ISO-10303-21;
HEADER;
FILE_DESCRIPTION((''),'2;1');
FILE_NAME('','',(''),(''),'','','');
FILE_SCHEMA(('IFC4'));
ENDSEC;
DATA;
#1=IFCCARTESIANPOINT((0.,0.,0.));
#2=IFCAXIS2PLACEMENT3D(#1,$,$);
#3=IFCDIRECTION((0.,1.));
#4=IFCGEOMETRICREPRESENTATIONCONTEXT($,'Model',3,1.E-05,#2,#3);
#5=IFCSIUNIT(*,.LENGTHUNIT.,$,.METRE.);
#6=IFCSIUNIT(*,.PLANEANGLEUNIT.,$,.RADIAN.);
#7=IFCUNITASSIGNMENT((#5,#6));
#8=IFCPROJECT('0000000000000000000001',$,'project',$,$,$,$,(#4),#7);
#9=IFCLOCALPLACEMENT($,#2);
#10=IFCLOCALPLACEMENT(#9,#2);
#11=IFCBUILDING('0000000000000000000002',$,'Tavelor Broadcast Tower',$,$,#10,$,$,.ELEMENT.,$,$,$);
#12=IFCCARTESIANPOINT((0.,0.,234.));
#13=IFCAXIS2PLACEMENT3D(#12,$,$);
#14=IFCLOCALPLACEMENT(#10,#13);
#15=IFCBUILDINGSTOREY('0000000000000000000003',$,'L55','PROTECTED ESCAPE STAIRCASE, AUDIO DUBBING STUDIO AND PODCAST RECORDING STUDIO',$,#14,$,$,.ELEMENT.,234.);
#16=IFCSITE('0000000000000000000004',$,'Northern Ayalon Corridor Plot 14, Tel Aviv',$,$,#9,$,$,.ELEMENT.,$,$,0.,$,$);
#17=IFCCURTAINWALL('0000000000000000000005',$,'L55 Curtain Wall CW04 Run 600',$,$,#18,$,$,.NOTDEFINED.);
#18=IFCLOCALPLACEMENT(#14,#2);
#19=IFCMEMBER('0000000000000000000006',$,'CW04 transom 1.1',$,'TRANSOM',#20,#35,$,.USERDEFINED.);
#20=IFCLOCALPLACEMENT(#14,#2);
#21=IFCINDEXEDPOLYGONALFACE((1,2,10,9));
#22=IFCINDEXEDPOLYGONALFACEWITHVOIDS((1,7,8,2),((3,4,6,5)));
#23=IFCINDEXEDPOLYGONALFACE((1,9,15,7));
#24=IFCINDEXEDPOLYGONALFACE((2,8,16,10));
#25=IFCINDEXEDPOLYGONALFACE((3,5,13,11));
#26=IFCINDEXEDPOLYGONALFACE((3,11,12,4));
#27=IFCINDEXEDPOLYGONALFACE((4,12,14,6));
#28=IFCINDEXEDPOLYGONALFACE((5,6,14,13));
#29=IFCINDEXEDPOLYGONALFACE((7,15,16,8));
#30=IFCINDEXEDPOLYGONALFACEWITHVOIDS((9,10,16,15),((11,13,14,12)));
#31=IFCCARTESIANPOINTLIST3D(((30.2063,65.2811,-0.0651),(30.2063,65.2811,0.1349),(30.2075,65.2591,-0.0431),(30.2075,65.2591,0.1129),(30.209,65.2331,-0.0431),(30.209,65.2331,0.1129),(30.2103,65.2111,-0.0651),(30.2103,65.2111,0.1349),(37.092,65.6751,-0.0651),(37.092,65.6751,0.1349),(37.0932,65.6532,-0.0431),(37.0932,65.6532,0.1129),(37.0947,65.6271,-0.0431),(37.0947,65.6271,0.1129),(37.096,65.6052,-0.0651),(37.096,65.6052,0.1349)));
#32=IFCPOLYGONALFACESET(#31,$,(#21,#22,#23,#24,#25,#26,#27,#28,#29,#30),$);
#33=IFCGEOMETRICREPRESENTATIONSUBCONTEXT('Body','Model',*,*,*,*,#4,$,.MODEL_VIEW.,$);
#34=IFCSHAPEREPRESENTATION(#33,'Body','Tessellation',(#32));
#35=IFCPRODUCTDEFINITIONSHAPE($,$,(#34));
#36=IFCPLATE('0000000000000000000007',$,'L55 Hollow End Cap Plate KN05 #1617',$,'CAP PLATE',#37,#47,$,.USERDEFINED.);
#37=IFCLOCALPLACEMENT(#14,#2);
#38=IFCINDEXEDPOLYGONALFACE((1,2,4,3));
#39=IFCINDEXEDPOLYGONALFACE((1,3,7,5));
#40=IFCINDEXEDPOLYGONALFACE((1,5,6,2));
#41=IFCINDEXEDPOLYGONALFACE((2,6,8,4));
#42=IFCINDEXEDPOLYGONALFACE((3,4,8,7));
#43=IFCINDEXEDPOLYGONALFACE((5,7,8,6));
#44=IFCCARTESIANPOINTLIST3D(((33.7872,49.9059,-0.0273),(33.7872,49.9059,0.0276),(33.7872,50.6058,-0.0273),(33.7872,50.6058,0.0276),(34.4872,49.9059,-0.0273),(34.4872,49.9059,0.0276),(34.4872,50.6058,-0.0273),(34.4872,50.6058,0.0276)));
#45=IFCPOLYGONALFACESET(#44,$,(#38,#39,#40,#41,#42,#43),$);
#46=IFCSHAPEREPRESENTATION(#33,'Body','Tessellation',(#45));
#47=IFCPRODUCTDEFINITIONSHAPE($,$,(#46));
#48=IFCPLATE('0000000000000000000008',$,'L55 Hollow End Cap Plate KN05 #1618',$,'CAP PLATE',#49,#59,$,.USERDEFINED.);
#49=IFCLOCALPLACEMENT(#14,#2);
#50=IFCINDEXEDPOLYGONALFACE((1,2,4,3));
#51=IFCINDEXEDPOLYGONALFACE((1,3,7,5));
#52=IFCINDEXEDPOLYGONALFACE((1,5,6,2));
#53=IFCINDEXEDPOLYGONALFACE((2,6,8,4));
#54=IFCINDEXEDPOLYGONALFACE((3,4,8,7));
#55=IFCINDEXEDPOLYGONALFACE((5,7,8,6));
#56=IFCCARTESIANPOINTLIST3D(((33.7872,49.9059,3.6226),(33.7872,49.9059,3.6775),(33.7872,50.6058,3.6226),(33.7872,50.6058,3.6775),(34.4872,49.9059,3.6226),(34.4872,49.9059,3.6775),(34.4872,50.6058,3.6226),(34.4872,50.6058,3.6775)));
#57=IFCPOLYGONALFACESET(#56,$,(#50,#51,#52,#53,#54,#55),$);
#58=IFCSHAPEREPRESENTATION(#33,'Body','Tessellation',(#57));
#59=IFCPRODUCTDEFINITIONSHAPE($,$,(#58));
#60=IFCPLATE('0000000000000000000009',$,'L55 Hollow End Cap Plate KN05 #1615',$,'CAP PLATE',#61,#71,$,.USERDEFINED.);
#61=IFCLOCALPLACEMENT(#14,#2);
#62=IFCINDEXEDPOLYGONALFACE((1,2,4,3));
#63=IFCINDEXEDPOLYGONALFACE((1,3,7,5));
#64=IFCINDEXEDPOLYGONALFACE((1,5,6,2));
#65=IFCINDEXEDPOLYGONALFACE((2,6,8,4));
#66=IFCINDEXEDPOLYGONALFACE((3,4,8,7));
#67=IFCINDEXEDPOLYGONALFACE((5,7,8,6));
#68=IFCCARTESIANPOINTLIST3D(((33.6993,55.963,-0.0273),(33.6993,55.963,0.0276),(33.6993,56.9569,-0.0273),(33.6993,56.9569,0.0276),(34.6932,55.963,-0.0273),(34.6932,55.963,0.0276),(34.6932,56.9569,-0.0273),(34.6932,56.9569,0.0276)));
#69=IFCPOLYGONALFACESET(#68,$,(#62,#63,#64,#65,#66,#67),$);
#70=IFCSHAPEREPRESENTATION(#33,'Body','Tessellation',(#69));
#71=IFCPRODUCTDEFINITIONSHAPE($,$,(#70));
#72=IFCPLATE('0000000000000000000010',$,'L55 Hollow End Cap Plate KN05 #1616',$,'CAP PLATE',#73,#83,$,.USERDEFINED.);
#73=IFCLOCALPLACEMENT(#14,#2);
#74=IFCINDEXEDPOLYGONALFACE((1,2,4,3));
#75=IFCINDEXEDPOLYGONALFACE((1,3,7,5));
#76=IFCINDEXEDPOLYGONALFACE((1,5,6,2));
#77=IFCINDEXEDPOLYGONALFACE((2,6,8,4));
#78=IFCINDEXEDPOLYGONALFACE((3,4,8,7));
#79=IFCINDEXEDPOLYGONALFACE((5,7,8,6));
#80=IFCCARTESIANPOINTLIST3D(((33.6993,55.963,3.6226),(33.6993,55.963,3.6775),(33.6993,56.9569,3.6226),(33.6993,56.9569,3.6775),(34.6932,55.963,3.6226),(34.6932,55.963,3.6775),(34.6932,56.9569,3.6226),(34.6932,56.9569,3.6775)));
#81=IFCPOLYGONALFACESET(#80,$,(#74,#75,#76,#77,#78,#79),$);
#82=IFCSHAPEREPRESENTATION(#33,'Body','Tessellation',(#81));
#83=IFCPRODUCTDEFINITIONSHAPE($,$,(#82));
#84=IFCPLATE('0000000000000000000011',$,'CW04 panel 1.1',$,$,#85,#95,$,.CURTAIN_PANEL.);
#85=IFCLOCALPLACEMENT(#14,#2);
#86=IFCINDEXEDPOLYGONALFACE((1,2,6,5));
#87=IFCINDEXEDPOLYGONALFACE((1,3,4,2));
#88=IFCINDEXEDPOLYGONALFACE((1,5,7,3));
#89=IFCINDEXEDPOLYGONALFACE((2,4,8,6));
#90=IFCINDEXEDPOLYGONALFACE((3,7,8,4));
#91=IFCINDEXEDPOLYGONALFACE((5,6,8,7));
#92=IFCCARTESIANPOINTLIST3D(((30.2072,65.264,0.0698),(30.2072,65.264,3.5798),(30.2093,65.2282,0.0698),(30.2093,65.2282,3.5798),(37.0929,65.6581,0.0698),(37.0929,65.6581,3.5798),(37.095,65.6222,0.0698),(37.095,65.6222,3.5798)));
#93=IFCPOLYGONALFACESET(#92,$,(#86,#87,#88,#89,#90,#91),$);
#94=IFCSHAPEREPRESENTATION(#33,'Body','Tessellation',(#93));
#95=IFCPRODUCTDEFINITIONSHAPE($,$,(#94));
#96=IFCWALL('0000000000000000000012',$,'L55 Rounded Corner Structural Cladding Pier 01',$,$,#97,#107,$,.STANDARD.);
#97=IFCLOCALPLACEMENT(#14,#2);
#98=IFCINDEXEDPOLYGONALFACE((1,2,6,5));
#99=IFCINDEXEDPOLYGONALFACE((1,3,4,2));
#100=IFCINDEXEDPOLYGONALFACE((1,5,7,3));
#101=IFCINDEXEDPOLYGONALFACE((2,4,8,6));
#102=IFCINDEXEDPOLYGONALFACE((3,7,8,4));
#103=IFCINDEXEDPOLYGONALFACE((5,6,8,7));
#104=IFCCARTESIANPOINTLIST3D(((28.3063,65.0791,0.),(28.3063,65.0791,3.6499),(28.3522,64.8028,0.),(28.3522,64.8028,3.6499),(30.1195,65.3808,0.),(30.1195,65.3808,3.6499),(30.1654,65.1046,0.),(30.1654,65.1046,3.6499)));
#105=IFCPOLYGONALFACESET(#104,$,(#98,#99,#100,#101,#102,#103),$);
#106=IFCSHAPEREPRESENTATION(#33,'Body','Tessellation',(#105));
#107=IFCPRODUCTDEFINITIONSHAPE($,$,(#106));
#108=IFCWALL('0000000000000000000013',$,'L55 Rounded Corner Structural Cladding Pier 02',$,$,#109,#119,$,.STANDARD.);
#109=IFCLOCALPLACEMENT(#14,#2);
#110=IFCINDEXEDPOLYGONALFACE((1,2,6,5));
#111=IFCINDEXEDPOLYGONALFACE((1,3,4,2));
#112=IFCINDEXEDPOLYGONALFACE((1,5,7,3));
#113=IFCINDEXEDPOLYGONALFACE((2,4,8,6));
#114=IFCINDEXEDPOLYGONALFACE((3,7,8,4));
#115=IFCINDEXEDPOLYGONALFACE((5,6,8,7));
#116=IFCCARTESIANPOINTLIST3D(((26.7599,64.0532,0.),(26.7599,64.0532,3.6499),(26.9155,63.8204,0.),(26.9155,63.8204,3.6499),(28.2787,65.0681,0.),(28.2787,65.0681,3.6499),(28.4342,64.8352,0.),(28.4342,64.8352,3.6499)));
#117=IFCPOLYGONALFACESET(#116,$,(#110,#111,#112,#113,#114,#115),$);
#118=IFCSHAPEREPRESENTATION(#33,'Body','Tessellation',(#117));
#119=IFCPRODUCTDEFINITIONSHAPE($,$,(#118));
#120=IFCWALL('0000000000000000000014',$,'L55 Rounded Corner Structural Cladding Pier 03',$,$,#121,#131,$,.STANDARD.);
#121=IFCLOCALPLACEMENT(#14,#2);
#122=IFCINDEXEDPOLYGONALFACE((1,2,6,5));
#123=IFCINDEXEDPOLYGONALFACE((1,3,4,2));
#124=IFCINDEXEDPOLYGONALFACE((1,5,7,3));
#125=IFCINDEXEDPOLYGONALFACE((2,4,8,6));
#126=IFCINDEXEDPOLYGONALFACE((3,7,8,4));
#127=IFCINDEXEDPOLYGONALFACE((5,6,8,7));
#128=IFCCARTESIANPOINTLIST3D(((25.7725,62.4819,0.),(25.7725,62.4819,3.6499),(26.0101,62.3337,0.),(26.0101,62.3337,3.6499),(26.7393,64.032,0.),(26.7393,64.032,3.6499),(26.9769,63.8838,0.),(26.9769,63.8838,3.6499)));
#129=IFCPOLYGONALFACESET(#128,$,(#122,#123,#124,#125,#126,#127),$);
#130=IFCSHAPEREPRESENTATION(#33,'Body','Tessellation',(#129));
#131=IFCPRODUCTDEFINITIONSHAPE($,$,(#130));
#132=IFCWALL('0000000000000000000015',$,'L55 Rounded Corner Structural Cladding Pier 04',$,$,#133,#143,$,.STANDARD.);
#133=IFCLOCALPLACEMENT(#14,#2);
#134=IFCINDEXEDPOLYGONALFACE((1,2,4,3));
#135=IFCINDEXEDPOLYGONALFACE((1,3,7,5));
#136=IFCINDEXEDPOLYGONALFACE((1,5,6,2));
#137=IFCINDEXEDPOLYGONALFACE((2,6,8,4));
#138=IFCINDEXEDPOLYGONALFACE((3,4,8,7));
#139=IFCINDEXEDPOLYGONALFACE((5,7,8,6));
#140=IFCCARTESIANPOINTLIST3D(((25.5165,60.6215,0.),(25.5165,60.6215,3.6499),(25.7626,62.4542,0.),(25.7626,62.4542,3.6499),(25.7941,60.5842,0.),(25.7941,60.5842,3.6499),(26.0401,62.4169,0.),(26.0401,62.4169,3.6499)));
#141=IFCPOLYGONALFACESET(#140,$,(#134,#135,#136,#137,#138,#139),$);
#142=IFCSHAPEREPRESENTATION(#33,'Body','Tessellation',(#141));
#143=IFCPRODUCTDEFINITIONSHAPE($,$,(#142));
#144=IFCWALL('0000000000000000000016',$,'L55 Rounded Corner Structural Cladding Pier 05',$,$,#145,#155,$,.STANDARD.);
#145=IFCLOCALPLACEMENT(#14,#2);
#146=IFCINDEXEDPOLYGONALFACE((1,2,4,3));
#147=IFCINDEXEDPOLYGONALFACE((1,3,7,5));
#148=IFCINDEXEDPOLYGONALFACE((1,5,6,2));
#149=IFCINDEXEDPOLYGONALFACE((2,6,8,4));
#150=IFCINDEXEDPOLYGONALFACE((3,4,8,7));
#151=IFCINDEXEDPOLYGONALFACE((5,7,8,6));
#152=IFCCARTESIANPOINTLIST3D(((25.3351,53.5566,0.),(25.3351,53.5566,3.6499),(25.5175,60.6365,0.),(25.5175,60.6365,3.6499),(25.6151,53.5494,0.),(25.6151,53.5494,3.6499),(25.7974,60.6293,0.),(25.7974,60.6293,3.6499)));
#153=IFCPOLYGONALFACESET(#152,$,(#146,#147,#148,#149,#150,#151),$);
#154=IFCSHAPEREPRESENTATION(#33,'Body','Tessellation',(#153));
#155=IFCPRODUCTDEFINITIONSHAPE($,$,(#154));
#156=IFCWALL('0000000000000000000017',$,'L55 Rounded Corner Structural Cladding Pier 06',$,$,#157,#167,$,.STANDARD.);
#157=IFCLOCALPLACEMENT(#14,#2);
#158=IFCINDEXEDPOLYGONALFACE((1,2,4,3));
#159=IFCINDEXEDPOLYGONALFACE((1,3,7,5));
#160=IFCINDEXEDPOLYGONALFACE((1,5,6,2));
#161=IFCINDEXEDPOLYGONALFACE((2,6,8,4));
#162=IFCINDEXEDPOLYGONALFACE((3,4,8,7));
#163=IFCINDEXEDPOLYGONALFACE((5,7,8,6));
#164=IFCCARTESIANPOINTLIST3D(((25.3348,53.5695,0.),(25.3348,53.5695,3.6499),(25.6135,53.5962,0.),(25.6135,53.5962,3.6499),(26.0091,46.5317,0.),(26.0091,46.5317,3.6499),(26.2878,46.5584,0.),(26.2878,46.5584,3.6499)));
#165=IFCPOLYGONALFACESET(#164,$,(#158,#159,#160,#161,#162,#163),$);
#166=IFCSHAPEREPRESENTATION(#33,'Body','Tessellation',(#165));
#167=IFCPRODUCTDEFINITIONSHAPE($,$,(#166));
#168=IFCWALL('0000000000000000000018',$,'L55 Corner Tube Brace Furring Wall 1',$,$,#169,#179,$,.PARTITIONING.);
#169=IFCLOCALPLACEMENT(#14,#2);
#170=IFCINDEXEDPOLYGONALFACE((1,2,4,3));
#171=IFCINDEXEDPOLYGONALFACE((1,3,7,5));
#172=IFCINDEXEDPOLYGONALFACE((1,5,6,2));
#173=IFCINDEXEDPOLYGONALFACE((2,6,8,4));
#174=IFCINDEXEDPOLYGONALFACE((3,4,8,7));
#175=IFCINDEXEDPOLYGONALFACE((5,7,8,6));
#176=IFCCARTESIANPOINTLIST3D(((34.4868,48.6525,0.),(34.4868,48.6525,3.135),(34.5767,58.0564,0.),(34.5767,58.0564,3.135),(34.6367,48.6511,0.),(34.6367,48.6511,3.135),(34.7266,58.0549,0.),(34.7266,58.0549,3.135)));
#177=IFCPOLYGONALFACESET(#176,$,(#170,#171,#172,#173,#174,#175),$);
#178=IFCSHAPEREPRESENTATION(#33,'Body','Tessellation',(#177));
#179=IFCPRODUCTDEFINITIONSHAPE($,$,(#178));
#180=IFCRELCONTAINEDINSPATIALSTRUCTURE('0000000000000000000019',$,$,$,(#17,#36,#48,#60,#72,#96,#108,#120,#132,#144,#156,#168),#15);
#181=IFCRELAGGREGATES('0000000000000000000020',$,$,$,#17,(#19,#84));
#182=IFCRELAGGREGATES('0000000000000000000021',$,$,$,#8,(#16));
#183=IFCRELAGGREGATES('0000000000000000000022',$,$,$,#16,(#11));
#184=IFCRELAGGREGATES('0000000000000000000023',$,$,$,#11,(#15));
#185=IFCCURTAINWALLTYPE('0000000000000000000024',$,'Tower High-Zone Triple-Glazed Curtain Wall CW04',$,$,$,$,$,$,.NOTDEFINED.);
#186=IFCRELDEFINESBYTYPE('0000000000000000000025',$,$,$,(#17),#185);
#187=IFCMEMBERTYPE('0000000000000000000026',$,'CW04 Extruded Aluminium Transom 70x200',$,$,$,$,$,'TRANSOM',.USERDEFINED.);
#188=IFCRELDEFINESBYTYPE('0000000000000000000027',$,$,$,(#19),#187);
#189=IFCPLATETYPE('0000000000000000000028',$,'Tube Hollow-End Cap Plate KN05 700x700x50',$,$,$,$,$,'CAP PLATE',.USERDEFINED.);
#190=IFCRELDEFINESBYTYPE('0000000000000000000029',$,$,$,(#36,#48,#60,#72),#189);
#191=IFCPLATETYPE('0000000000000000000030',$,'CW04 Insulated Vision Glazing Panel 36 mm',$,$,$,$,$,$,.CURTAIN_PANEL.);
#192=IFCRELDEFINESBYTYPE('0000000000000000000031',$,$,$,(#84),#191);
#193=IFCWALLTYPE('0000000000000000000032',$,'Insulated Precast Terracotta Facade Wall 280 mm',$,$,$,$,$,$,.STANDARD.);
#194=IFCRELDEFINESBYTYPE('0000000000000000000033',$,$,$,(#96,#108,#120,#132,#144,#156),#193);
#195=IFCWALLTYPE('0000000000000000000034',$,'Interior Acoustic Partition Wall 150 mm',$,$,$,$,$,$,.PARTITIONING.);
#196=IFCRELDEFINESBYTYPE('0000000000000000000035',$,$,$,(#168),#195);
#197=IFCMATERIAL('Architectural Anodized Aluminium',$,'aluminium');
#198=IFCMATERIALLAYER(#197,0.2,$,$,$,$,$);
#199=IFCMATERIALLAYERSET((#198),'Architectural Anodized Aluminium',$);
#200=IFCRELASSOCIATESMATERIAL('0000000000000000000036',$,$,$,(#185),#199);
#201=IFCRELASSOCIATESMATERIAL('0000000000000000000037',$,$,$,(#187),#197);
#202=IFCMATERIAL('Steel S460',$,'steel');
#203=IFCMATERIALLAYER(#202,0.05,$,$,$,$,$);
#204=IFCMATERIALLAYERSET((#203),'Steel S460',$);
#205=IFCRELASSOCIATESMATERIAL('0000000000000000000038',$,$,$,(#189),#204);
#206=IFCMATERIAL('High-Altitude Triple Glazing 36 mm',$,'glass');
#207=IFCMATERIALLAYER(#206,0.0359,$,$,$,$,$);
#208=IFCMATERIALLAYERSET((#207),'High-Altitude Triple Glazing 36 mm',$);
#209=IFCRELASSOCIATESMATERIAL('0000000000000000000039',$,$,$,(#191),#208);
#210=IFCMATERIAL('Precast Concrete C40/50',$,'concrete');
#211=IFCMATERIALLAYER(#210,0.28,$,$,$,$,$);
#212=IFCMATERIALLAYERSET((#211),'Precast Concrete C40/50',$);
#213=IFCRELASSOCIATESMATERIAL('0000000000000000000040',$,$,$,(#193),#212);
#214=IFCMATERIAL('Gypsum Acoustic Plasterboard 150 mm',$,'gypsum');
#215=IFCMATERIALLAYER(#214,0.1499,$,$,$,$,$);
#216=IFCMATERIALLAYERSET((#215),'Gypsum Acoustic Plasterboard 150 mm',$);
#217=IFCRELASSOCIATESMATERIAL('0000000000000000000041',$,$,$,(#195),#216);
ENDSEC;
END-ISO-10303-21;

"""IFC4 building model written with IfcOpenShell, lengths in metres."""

from ifc_helpers import new_model, si_unit, direction, frame, frame_2d, origin, origin_2d, place, context, subcontext, project, spatial, rectangle, hollow_rectangle, extrude, source, transform, mapped, material, layer, layer_set, material_profile, profile_set, type_object, type_shapes, element, aggregate, save


model = new_model("IFC4")

# Units and contexts
model_context = context("Model", 3, precision=1e-05, world=origin(), true_north=direction((0.0, 1.0)))
body_context = subcontext(model_context, "Body", "Model", "MODEL_VIEW")
ifc_project = project(units=[si_unit("LENGTHUNIT", "METRE"), si_unit("PLANEANGLEUNIT", "RADIAN")], contexts=[model_context])

# Site, building, storey
site_placement = place(None, origin())
site = spatial("IfcSite", under=ifc_project, at=site_placement, Name="Northern Ayalon Corridor Plot 14, Tel Aviv", CompositionType="ELEMENT", RefElevation=0.0)
building_placement = place(site_placement, origin())
building = spatial("IfcBuilding", under=site, at=building_placement, Name="Tavelor Broadcast Tower", CompositionType="ELEMENT")
storey_placement = place(building_placement, frame((0.0, 0.0, 234.0)))
storey = spatial("IfcBuildingStorey", under=building, at=storey_placement, Name="L55", Description="PROTECTED ESCAPE STAIRCASE, AUDIO DUBBING STUDIO AND PODCAST RECORDING STUDIO", CompositionType="ELEMENT", Elevation=234.0)

# Shared definitions
ifc_material_1 = material(Name="Steel S460", Category="steel")

# Curtain wall, member
ifc_material_2 = material(Name="Architectural Anodized Aluminium", Category="aluminium")
ifc_layer_1 = layer(ifc_material_2, 0.2)
ifc_layer_set_1 = layer_set([ifc_layer_1], Name="Architectural Anodized Aluminium")
curtain_wall_type = type_object("IfcCurtainWallType", Name="Tower High-Zone Triple-Glazed Curtain Wall CW04", PredefinedType="NOTDEFINED", material=ifc_layer_set_1)
curtain_wall_placement = place(storey_placement, origin())
curtain_wall = element("IfcCurtainWall", 1, at=curtain_wall_placement, inside=storey, type_object=curtain_wall_type, Name="L55 Curtain Wall CW04 Run 600", PredefinedType="NOTDEFINED")
ifc_material_profile_1 = material_profile(ifc_material_2, hollow_rectangle(XDim=0.0701, YDim=0.2, WallThickness=0.022, at=origin_2d()), Name="RHS 70x200x22")
ifc_profile_set_1 = profile_set([ifc_material_profile_1], Name="Architectural Anodized Aluminium")
member_type_1 = type_object("IfcMemberType", Name="CW04 Extruded Aluminium Transom 70x200", ElementType="TRANSOM", PredefinedType="USERDEFINED", material=ifc_profile_set_1)
shared_shape_1 = source(origin(), body_context, "Body", "SweptSolid", [
    extrude(hollow_rectangle(XDim=0.0701, YDim=0.2, WallThickness=0.022, at=origin_2d()), origin(), (0.0, 0.0, 1.0), 6.897),
])
type_shapes(member_type_1, [shared_shape_1])
member_1_placement = place(storey_placement, frame((37.094, 65.6401, 0.0349), z_axis=(-0.998367, -0.057132, 0.0), x_axis=(0.057132, -0.998367, 0.0)))
member_1 = element("IfcMember", 2, at=member_1_placement, type_object=member_type_1, Name="CW04 transom 1.1", ObjectType="TRANSOM", PredefinedType="USERDEFINED", context=body_context, shape_type="MappedRepresentation", body=[
    mapped(shared_shape_1, transform((0.0, 0.0, 0.0), scale=1.0)),
])

# Plates
ifc_layer_2 = layer(ifc_material_1, 0.05)
ifc_layer_set_2 = layer_set([ifc_layer_2], Name="Steel S460")
plate_type_1 = type_object("IfcPlateType", Name="Tube Hollow-End Cap Plate KN05 700x700x50", ElementType="CAP PLATE", PredefinedType="USERDEFINED", material=ifc_layer_set_2)
shared_shape_2 = source(origin(), body_context, "Body", "SweptSolid", [
    extrude(rectangle(XDim=0.7, YDim=0.7, at=origin_2d()), origin(), (0.0, 0.0, 1.0), 0.0549),
])
for number, where, z_axis, x_axis, name in (
    (3, (34.1372, 50.2559, -0.0273), (0.0, 0.0, 1.0), (1.0, 0.0, 0.0), "L55 Hollow End Cap Plate KN05 #1617"),
    (4, (34.1372, 50.2559, 3.6226), (0.0, 0.0, 1.0), (1.0, 0.0, 0.0), "L55 Hollow End Cap Plate KN05 #1618"),
):
    element("IfcPlate", number, at=place(storey_placement, frame(where, z_axis=z_axis, x_axis=x_axis)), inside=storey, type_object=plate_type_1, Name=name, ObjectType="CAP PLATE", PredefinedType="USERDEFINED", context=body_context, shape_type="MappedRepresentation", body=[
        mapped(shared_shape_2, transform((0.0, 0.0, 0.0), scale=1.0)),
    ])
shared_shape_3 = source(origin(), body_context, "Body", "SweptSolid", [
    extrude(rectangle(XDim=0.9939, YDim=0.9939, at=origin_2d()), origin(), (0.0, 0.0, 1.0), 0.0549),
])
type_shapes(plate_type_1, [shared_shape_2, shared_shape_3])
for number, where, z_axis, x_axis, name in (
    (5, (34.1963, 56.46, -0.0273), (0.0, 0.0, 1.0), (1.0, 0.0, 0.0), "L55 Hollow End Cap Plate KN05 #1615"),
    (6, (34.1963, 56.46, 3.6226), (0.0, 0.0, 1.0), (1.0, 0.0, 0.0), "L55 Hollow End Cap Plate KN05 #1616"),
):
    element("IfcPlate", number, at=place(storey_placement, frame(where, z_axis=z_axis, x_axis=x_axis)), inside=storey, type_object=plate_type_1, Name=name, ObjectType="CAP PLATE", PredefinedType="USERDEFINED", context=body_context, shape_type="MappedRepresentation", body=[
        mapped(shared_shape_3, transform((0.0, 0.0, 0.0), scale=1.0)),
    ])

# Plate
ifc_material_3 = material(Name="High-Altitude Triple Glazing 36 mm", Category="glass")
ifc_layer_3 = layer(ifc_material_3, 0.0359)
ifc_layer_set_3 = layer_set([ifc_layer_3], Name="High-Altitude Triple Glazing 36 mm")
plate_type_2 = type_object("IfcPlateType", Name="CW04 Insulated Vision Glazing Panel 36 mm", PredefinedType="CURTAIN_PANEL", material=ifc_layer_set_3)
shared_shape_4 = source(origin(), body_context, "Body", "SweptSolid", [
    extrude(rectangle(XDim=6.897, YDim=0.0359, at=origin_2d()), origin(), (0.0, 0.0, 1.0), 3.51),
])
type_shapes(plate_type_2, [shared_shape_4])
plate_placement = place(storey_placement, frame((33.6511, 65.4431, 0.0698), z_axis=(0.0, 0.0, 1.0), x_axis=(-0.998366, -0.057141, 0.0)))
plate = element("IfcPlate", 7, at=plate_placement, type_object=plate_type_2, Name="CW04 panel 1.1", PredefinedType="CURTAIN_PANEL", context=body_context, shape_type="MappedRepresentation", body=[
    mapped(shared_shape_4, transform((0.0, 0.0, 0.0), scale=1.0)),
])
aggregate(curtain_wall, [member_1, plate])

# Walls
ifc_material_4 = material(Name="Precast Concrete C40/50", Category="concrete")
ifc_layer_4 = layer(ifc_material_4, 0.28)
ifc_layer_set_4 = layer_set([ifc_layer_4], Name="Precast Concrete C40/50")
wall_type_1 = type_object("IfcWallType", Name="Insulated Precast Terracotta Facade Wall 280 mm", PredefinedType="STANDARD", material=ifc_layer_set_4)
wall_1_placement = place(storey_placement, frame((30.1423, 65.2427, 0.0), z_axis=(0.0, 0.0, 1.0), x_axis=(-0.986433, -0.164162, 0.0)))
element("IfcWall", 8, at=wall_1_placement, inside=storey, type_object=wall_type_1, Name="L55 Rounded Corner Structural Cladding Pier 01", PredefinedType="STANDARD", context=body_context, shape_type="SweptSolid", body=[
    extrude(rectangle(XDim=1.8381, YDim=0.28, at=frame_2d((0.9189, 0.0))), origin(), (0.0, 0.0, 1.0), 3.6499),
])
wall_2_placement = place(storey_placement, frame((28.3564, 64.9517, 0.0), z_axis=(0.0, 0.0, 1.0), x_axis=(-0.831454, -0.555594, 0.0)))
element("IfcWall", 9, at=wall_2_placement, inside=storey, type_object=wall_type_1, Name="L55 Rounded Corner Structural Cladding Pier 02", PredefinedType="STANDARD", context=body_context, shape_type="SweptSolid", body=[
    extrude(rectangle(XDim=1.8267, YDim=0.28, at=frame_2d((0.9133, 0.0))), origin(), (0.0, 0.0, 1.0), 3.6499),
])
wall_3_placement = place(storey_placement, frame((26.8582, 63.958, 0.0), z_axis=(0.0, 0.0, 1.0), x_axis=(-0.529218, -0.848486, 0.0)))
element("IfcWall", 10, at=wall_3_placement, inside=storey, type_object=wall_type_1, Name="L55 Rounded Corner Structural Cladding Pier 03", PredefinedType="STANDARD", context=body_context, shape_type="SweptSolid", body=[
    extrude(rectangle(XDim=1.8269, YDim=0.28, at=frame_2d((0.9136, 0.0))), origin(), (0.0, 0.0, 1.0), 3.6499),
])
wall_4_placement = place(storey_placement, frame((25.9014, 62.4355, 0.0), z_axis=(0.0, 0.0, 1.0), x_axis=(-0.13308, -0.991105, 0.0)))
element("IfcWall", 11, at=wall_4_placement, inside=storey, type_object=wall_type_1, Name="L55 Rounded Corner Structural Cladding Pier 04", PredefinedType="STANDARD", context=body_context, shape_type="SweptSolid", body=[
    extrude(rectangle(XDim=1.8491, YDim=0.28, at=frame_2d((0.9246, 0.0))), origin(), (0.0, 0.0, 1.0), 3.6499),
])
wall_5_placement = place(storey_placement, frame((25.6575, 60.6328, 0.0), z_axis=(0.0, 0.0, 1.0), x_axis=(-0.025751, -0.999668, 0.0)))
element("IfcWall", 12, at=wall_5_placement, inside=storey, type_object=wall_type_1, Name="L55 Rounded Corner Structural Cladding Pier 05", PredefinedType="STANDARD", context=body_context, shape_type="SweptSolid", body=[
    extrude(rectangle(XDim=7.0823, YDim=0.28, at=frame_2d((3.541, 0.0))), origin(), (0.0, 0.0, 1.0), 3.6499),
])
wall_6_placement = place(storey_placement, frame((25.4741, 53.583, 0.0), z_axis=(0.0, 0.0, 1.0), x_axis=(0.095376, -0.995441, 0.0)))
element("IfcWall", 13, at=wall_6_placement, inside=storey, type_object=wall_type_1, Name="L55 Rounded Corner Structural Cladding Pier 06", PredefinedType="STANDARD", context=body_context, shape_type="SweptSolid", body=[
    extrude(rectangle(XDim=7.0701, YDim=0.28, at=frame_2d((3.5352, 0.0))), origin(), (0.0, 0.0, 1.0), 3.6499),
])
ifc_material_5 = material(Name="Gypsum Acoustic Plasterboard 150 mm", Category="gypsum")
ifc_layer_5 = layer(ifc_material_5, 0.1499)
ifc_layer_set_5 = layer_set([ifc_layer_5], Name="Gypsum Acoustic Plasterboard 150 mm")
wall_type_2 = type_object("IfcWallType", Name="Interior Acoustic Partition Wall 150 mm", PredefinedType="PARTITIONING", material=ifc_layer_set_5)
wall_7_placement = place(storey_placement, frame((34.6516, 58.0557, 0.0), z_axis=(0.0, 0.0, 1.0), x_axis=(-0.009554, -0.999954, 0.0)))
element("IfcWall", 14, at=wall_7_placement, inside=storey, type_object=wall_type_2, Name="L55 Corner Tube Brace Furring Wall 1", PredefinedType="PARTITIONING", context=body_context, shape_type="SweptSolid", body=[
    extrude(rectangle(XDim=9.4043, YDim=0.1499, at=frame_2d((4.7021, 0.0))), origin(), (0.0, 0.0, 1.0), 3.135),
])

save(model, "model.ifc")
